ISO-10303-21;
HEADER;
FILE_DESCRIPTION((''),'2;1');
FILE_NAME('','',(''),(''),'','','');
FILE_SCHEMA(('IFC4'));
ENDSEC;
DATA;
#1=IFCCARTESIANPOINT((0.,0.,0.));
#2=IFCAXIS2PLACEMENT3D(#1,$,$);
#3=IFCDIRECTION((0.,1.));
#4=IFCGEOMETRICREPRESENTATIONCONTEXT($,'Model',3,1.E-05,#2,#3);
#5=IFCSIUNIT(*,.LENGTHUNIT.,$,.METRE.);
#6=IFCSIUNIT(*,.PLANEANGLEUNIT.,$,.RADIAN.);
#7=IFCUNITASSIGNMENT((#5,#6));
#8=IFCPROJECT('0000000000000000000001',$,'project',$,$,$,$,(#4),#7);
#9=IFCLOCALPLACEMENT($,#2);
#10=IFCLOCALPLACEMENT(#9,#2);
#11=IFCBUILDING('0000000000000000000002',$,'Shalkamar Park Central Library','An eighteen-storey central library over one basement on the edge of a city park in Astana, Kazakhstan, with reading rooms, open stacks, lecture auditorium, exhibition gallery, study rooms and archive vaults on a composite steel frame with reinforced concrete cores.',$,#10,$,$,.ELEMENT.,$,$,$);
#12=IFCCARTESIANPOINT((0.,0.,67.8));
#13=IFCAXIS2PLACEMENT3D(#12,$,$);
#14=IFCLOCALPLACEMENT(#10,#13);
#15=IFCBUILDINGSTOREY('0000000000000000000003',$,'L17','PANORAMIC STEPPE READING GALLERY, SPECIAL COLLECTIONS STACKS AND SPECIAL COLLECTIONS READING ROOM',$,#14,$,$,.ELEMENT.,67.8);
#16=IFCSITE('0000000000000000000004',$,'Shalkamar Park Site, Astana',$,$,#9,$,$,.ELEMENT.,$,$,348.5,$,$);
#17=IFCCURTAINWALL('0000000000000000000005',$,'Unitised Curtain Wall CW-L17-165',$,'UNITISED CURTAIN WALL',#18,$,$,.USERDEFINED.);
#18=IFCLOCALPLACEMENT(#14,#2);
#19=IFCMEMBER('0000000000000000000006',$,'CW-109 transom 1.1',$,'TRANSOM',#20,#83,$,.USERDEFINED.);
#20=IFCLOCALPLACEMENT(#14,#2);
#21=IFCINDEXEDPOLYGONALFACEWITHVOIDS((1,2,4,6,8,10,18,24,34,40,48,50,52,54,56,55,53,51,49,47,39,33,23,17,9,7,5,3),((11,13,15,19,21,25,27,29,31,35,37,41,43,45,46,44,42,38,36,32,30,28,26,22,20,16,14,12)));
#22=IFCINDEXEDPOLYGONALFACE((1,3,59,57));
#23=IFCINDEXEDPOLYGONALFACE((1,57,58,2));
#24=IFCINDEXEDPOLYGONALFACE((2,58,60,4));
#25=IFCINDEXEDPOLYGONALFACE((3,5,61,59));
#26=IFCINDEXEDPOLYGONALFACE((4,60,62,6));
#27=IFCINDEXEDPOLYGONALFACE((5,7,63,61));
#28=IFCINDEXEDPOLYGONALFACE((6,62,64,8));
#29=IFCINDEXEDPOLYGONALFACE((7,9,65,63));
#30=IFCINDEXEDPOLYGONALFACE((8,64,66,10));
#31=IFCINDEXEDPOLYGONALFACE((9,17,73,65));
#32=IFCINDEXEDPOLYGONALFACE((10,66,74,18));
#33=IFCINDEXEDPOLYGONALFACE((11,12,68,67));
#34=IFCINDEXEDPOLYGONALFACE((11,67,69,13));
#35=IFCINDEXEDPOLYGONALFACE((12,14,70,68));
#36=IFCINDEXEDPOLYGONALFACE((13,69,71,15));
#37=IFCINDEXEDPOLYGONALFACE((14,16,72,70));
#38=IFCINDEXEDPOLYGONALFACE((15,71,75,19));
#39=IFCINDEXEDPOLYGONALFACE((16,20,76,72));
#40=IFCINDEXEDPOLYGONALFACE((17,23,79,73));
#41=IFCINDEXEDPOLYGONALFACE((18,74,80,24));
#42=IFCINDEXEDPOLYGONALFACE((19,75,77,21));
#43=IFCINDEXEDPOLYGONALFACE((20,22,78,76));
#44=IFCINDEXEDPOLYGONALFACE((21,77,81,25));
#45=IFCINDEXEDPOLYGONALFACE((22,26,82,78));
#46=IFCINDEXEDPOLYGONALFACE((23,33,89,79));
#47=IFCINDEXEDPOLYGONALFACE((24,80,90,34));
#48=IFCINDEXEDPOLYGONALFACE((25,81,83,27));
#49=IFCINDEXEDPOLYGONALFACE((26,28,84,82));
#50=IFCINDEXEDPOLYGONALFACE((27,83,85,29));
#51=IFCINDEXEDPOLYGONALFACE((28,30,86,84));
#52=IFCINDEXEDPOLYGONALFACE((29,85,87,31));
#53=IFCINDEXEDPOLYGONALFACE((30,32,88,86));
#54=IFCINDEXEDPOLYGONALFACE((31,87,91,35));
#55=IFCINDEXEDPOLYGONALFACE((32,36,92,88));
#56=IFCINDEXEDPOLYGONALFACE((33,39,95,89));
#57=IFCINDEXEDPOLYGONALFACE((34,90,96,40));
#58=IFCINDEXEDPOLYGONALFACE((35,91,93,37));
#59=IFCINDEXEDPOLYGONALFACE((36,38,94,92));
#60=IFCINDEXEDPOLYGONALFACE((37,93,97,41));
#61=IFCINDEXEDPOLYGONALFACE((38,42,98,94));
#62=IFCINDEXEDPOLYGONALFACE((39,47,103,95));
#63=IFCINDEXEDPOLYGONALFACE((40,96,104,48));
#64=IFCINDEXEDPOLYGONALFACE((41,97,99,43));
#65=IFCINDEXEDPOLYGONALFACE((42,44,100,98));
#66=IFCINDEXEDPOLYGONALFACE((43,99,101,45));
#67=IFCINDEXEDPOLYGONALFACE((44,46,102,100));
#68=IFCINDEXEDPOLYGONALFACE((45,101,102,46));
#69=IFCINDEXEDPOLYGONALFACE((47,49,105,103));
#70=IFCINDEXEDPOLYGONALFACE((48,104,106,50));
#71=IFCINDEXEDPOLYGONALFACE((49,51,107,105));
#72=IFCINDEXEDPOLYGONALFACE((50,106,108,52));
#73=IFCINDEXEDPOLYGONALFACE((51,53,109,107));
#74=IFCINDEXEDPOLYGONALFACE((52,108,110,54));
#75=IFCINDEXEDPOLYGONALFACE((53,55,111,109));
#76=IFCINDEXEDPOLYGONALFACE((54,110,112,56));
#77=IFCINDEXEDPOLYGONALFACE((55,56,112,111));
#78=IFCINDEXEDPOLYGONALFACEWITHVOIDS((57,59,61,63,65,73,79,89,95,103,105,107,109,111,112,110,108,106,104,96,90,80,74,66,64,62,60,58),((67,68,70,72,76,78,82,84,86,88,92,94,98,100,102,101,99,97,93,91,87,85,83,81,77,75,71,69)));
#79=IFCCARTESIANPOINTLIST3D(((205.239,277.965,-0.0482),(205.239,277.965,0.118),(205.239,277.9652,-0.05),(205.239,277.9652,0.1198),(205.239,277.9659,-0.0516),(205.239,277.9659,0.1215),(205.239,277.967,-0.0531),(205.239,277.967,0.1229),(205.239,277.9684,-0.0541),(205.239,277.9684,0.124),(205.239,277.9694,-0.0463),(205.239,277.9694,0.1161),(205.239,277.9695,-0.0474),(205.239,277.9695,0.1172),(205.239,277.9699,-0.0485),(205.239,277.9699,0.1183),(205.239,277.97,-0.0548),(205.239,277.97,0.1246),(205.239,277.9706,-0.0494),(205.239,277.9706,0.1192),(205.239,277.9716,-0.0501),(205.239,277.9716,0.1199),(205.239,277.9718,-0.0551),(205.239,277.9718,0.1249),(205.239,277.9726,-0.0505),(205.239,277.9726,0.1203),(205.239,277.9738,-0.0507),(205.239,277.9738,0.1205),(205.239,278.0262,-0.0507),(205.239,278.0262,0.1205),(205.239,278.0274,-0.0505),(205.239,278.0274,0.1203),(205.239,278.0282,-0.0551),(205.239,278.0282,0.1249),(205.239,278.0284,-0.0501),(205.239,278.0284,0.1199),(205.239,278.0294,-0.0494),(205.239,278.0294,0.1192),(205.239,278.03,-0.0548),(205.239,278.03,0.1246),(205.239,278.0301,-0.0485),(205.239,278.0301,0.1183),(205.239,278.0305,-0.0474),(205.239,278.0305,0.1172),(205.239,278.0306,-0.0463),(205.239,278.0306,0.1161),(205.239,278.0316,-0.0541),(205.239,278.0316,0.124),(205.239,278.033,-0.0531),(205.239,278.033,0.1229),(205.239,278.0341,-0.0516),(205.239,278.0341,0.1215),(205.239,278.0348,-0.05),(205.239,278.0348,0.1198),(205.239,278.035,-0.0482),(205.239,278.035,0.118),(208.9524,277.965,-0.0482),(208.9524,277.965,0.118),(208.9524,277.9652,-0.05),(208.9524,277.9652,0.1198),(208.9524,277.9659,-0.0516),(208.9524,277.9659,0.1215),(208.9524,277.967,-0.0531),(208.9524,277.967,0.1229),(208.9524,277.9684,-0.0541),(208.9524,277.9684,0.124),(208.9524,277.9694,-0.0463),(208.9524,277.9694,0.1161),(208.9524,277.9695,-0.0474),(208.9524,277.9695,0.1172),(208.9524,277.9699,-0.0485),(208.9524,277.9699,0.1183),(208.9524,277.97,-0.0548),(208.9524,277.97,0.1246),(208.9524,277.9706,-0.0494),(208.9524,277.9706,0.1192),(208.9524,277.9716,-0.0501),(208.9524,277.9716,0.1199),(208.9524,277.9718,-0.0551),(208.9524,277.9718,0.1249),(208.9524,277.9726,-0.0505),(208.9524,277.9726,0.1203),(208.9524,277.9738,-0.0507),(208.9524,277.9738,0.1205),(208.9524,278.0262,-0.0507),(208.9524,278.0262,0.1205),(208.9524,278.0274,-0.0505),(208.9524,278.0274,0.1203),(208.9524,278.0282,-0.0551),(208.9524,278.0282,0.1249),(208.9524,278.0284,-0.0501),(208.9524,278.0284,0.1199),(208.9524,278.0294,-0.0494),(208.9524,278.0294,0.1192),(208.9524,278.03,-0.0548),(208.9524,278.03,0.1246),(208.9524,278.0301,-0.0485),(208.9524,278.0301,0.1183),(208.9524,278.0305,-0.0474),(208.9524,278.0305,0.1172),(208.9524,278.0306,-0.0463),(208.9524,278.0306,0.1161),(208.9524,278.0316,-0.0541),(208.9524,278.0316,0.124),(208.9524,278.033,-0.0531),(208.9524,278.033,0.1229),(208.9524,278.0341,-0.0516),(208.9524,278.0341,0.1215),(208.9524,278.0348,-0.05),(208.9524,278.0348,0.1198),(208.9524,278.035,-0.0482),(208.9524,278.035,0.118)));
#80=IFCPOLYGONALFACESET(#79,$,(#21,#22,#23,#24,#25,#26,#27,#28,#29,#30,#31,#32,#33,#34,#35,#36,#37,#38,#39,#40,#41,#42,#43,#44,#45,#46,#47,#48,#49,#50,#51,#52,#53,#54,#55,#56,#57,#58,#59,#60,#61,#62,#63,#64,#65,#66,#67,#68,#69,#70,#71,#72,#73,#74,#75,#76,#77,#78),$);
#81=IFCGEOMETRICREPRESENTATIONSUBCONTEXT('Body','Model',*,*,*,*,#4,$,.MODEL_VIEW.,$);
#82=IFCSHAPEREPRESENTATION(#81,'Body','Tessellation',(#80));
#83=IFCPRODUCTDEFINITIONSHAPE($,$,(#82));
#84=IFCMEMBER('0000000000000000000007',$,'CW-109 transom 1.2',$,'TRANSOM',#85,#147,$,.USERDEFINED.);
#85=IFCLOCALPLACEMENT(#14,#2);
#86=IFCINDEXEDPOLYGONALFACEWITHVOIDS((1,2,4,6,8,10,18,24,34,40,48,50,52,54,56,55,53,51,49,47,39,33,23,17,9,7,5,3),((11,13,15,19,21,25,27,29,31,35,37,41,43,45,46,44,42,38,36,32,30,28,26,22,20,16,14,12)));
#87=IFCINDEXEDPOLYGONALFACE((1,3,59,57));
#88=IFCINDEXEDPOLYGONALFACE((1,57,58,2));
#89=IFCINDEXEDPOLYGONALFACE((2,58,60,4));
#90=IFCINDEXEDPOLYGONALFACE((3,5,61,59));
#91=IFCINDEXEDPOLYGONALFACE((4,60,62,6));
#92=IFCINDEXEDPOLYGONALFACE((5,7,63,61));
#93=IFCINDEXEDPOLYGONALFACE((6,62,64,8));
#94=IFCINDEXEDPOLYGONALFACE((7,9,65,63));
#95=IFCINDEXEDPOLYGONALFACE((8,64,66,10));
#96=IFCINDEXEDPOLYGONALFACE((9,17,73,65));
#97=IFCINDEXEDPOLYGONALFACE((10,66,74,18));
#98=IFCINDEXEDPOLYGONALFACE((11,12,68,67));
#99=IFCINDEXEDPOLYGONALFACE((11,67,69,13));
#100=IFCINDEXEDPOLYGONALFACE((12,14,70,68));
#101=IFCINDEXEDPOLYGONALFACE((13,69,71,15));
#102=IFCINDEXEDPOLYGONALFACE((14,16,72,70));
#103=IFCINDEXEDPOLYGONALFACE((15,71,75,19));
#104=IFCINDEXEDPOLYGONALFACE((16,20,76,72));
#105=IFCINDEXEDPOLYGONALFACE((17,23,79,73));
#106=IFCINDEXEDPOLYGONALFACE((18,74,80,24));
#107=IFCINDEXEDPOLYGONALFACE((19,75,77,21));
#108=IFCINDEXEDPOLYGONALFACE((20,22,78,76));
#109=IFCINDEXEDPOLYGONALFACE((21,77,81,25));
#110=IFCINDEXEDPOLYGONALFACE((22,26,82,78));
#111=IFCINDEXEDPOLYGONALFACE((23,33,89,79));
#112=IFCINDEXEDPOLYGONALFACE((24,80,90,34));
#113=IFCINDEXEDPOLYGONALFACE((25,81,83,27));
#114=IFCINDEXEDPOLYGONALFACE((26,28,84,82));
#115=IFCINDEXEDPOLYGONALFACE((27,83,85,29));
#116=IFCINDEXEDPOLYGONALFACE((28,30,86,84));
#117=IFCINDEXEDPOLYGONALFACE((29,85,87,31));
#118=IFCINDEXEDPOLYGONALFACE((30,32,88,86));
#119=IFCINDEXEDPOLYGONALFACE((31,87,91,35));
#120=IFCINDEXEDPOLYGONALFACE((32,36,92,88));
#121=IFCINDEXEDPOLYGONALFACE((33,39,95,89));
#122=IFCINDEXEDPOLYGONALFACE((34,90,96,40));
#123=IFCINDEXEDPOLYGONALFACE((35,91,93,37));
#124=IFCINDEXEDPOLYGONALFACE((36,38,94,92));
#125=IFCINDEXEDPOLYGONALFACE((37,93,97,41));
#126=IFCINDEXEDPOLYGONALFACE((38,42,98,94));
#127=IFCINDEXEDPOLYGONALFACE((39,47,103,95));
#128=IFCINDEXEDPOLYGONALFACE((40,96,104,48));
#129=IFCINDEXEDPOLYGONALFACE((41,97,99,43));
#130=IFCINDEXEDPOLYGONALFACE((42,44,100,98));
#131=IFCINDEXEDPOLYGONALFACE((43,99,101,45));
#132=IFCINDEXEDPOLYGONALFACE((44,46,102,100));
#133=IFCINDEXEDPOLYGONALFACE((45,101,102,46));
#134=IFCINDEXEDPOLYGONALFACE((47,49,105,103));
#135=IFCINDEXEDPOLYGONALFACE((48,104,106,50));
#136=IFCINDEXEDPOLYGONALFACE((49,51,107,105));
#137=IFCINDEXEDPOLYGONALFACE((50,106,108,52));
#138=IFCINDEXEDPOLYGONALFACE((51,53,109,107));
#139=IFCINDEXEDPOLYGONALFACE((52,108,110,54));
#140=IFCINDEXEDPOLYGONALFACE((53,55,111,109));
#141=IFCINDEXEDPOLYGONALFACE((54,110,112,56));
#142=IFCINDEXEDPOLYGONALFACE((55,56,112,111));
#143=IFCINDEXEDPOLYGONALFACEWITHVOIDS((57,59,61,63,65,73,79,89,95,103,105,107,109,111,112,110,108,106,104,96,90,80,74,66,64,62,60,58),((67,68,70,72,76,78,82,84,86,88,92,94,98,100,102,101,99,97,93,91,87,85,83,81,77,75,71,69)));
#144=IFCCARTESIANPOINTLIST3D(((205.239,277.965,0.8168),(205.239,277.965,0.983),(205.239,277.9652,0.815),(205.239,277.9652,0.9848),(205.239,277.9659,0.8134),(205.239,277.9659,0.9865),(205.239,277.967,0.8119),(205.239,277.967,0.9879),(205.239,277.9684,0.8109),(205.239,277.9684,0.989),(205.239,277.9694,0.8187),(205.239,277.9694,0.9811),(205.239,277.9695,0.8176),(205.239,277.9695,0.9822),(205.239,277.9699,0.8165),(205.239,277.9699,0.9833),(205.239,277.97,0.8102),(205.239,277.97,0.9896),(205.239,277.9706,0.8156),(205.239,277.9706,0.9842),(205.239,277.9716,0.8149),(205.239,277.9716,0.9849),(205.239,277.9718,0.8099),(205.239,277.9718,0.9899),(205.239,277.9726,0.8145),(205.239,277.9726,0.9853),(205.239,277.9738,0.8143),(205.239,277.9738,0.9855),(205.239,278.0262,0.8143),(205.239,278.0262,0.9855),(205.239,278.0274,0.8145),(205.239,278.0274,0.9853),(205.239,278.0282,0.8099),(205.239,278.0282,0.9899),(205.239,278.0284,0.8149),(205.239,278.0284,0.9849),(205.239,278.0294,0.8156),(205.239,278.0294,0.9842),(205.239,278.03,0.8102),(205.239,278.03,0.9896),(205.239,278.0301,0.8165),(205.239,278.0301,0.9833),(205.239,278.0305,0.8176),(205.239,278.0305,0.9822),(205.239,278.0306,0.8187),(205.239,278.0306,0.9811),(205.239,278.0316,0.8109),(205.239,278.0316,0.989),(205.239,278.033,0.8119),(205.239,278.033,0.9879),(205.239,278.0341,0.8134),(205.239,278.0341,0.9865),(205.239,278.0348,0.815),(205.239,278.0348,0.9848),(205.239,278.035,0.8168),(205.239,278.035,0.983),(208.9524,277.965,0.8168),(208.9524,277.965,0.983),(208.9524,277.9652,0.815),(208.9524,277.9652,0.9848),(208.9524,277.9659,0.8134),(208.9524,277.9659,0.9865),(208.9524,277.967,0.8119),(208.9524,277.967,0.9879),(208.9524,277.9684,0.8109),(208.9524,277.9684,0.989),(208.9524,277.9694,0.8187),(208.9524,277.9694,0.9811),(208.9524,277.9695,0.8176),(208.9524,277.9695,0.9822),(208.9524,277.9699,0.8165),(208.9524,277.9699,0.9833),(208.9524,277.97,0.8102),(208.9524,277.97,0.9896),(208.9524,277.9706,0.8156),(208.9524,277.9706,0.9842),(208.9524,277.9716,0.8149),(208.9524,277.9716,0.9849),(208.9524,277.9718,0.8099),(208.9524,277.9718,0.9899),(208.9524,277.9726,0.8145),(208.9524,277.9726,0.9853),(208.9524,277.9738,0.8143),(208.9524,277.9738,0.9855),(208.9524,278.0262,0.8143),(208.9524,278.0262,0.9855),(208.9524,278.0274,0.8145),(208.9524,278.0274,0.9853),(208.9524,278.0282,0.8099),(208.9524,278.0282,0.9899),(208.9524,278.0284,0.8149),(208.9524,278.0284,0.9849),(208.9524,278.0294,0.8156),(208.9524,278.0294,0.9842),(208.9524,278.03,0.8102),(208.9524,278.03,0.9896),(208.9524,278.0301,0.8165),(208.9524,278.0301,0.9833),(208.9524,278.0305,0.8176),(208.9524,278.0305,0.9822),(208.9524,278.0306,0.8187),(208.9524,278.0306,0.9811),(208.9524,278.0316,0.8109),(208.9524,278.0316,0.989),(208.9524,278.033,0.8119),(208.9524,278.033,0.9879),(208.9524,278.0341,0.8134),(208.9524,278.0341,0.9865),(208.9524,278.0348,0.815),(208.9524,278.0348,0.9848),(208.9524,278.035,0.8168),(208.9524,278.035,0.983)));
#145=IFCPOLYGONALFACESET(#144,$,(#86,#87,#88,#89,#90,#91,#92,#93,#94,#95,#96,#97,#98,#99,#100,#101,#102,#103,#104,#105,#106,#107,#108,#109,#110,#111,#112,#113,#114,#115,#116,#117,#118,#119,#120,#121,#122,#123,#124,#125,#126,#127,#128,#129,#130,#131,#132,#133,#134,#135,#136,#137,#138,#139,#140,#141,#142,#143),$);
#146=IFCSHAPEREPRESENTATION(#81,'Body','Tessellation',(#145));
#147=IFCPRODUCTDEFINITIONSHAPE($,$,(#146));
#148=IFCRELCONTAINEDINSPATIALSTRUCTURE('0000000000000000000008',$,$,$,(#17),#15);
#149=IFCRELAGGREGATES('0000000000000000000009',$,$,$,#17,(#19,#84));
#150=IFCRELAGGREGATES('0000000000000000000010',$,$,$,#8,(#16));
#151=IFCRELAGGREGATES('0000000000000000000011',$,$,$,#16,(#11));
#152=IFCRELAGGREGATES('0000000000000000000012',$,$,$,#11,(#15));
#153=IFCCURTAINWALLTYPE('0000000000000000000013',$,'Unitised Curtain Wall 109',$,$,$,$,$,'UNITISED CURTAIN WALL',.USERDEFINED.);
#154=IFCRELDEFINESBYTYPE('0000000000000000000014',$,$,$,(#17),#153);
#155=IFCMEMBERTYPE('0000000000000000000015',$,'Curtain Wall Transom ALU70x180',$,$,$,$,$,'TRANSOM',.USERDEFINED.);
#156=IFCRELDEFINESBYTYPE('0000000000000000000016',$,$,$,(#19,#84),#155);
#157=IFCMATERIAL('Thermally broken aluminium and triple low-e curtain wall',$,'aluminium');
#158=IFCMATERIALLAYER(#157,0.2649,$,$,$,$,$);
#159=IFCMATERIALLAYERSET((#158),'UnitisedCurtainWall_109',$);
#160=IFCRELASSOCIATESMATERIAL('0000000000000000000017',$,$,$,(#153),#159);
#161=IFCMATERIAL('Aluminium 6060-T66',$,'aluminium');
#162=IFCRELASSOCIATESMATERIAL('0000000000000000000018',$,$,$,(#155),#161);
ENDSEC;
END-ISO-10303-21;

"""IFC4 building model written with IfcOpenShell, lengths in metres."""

from ifc_helpers import new_model, si_unit, direction, frame, origin, origin_2d, place, context, subcontext, project, spatial, hollow_rectangle, extrude, material, layer, layer_set, material_profile, profile_set, type_object, element, aggregate, save


model = new_model("IFC4")

# Units and contexts
model_context = context("Model", 3, precision=1e-05, world=origin(), true_north=direction((0.0, 1.0)))
body_context = subcontext(model_context, "Body", "Model", "MODEL_VIEW")
ifc_project = project(units=[si_unit("LENGTHUNIT", "METRE"), si_unit("PLANEANGLEUNIT", "RADIAN")], contexts=[model_context])

# Site, building, storey
site_placement = place(None, origin())
site = spatial("IfcSite", under=ifc_project, at=site_placement, Name="Shalkamar Park Site, Astana", CompositionType="ELEMENT", RefElevation=348.5)
building_placement = place(site_placement, origin())
building = spatial("IfcBuilding", under=site, at=building_placement, Name="Shalkamar Park Central Library", Description="An eighteen-storey central library over one basement on the edge of a city park in Astana, Kazakhstan, with reading rooms, open stacks, lecture auditorium, exhibition gallery, study rooms and archive vaults on a composite steel frame with reinforced concrete cores.", CompositionType="ELEMENT")
storey_placement = place(building_placement, frame((0.0, 0.0, 67.8)))
storey = spatial("IfcBuildingStorey", under=building, at=storey_placement, Name="L17", Description="PANORAMIC STEPPE READING GALLERY, SPECIAL COLLECTIONS STACKS AND SPECIAL COLLECTIONS READING ROOM", CompositionType="ELEMENT", Elevation=67.8)

# Shared definitions
ifc_material_1 = material(Name="Thermally broken aluminium and triple low-e curtain wall", Category="aluminium")
ifc_material_2 = material(Name="Aluminium 6060-T66", Category="aluminium")

# Curtain wall, members
ifc_layer_1 = layer(ifc_material_1, 0.2649)
ifc_layer_set_1 = layer_set([ifc_layer_1], Name="UnitisedCurtainWall_109")
curtain_wall_type_1 = type_object("IfcCurtainWallType", Name="Unitised Curtain Wall 109", ElementType="UNITISED CURTAIN WALL", PredefinedType="USERDEFINED", material=ifc_layer_set_1)
curtain_wall_1_placement = place(storey_placement, origin())
curtain_wall_1 = element("IfcCurtainWall", 1, at=curtain_wall_1_placement, inside=storey, type_object=curtain_wall_type_1, Name="Unitised Curtain Wall CW-L17-165", ObjectType="UNITISED CURTAIN WALL", PredefinedType="USERDEFINED")
ifc_material_profile_1 = material_profile(ifc_material_2, hollow_rectangle(XDim=0.0701, YDim=0.1799, WallThickness=0.0044, InnerFilletRadius=0.0044, OuterFilletRadius=0.0068, at=origin_2d()), Name="ALU 70x180x4.5")
ifc_profile_set_1 = profile_set([ifc_material_profile_1], Name="Aluminium 6060-T66")
member_type_1 = type_object("IfcMemberType", Name="Curtain Wall Transom ALU70x180", ElementType="TRANSOM", PredefinedType="USERDEFINED", material=ifc_profile_set_1)
member_1_placement = place(storey_placement, frame((205.239, 278.0, 0.0349), z_axis=(1.0, 0.0, 0.0), x_axis=(0.0, 1.0, 0.0)))
member_1 = element("IfcMember", 2, at=member_1_placement, type_object=member_type_1, Name="CW-109 transom 1.1", ObjectType="TRANSOM", PredefinedType="USERDEFINED", context=body_context, shape_type="SweptSolid", body=[
    extrude(hollow_rectangle(XDim=0.0701, YDim=0.1799, WallThickness=0.0044, InnerFilletRadius=0.0044, OuterFilletRadius=0.0068, at=origin_2d()), origin(), (0.0, 0.0, 1.0), 3.7134),
])
member_2_placement = place(storey_placement, frame((205.239, 278.0, 0.8999), z_axis=(1.0, 0.0, 0.0), x_axis=(0.0, 1.0, 0.0)))
member_2 = element("IfcMember", 3, at=member_2_placement, type_object=member_type_1, Name="CW-109 transom 1.2", ObjectType="TRANSOM", PredefinedType="USERDEFINED", context=body_context, shape_type="SweptSolid", body=[
    extrude(hollow_rectangle(XDim=0.0701, YDim=0.1799, WallThickness=0.0044, InnerFilletRadius=0.0044, OuterFilletRadius=0.0068, at=origin_2d()), origin(), (0.0, 0.0, 1.0), 3.7134),
])

aggregate(curtain_wall_1, [member_1, member_2])

save(model, "model.ifc")
